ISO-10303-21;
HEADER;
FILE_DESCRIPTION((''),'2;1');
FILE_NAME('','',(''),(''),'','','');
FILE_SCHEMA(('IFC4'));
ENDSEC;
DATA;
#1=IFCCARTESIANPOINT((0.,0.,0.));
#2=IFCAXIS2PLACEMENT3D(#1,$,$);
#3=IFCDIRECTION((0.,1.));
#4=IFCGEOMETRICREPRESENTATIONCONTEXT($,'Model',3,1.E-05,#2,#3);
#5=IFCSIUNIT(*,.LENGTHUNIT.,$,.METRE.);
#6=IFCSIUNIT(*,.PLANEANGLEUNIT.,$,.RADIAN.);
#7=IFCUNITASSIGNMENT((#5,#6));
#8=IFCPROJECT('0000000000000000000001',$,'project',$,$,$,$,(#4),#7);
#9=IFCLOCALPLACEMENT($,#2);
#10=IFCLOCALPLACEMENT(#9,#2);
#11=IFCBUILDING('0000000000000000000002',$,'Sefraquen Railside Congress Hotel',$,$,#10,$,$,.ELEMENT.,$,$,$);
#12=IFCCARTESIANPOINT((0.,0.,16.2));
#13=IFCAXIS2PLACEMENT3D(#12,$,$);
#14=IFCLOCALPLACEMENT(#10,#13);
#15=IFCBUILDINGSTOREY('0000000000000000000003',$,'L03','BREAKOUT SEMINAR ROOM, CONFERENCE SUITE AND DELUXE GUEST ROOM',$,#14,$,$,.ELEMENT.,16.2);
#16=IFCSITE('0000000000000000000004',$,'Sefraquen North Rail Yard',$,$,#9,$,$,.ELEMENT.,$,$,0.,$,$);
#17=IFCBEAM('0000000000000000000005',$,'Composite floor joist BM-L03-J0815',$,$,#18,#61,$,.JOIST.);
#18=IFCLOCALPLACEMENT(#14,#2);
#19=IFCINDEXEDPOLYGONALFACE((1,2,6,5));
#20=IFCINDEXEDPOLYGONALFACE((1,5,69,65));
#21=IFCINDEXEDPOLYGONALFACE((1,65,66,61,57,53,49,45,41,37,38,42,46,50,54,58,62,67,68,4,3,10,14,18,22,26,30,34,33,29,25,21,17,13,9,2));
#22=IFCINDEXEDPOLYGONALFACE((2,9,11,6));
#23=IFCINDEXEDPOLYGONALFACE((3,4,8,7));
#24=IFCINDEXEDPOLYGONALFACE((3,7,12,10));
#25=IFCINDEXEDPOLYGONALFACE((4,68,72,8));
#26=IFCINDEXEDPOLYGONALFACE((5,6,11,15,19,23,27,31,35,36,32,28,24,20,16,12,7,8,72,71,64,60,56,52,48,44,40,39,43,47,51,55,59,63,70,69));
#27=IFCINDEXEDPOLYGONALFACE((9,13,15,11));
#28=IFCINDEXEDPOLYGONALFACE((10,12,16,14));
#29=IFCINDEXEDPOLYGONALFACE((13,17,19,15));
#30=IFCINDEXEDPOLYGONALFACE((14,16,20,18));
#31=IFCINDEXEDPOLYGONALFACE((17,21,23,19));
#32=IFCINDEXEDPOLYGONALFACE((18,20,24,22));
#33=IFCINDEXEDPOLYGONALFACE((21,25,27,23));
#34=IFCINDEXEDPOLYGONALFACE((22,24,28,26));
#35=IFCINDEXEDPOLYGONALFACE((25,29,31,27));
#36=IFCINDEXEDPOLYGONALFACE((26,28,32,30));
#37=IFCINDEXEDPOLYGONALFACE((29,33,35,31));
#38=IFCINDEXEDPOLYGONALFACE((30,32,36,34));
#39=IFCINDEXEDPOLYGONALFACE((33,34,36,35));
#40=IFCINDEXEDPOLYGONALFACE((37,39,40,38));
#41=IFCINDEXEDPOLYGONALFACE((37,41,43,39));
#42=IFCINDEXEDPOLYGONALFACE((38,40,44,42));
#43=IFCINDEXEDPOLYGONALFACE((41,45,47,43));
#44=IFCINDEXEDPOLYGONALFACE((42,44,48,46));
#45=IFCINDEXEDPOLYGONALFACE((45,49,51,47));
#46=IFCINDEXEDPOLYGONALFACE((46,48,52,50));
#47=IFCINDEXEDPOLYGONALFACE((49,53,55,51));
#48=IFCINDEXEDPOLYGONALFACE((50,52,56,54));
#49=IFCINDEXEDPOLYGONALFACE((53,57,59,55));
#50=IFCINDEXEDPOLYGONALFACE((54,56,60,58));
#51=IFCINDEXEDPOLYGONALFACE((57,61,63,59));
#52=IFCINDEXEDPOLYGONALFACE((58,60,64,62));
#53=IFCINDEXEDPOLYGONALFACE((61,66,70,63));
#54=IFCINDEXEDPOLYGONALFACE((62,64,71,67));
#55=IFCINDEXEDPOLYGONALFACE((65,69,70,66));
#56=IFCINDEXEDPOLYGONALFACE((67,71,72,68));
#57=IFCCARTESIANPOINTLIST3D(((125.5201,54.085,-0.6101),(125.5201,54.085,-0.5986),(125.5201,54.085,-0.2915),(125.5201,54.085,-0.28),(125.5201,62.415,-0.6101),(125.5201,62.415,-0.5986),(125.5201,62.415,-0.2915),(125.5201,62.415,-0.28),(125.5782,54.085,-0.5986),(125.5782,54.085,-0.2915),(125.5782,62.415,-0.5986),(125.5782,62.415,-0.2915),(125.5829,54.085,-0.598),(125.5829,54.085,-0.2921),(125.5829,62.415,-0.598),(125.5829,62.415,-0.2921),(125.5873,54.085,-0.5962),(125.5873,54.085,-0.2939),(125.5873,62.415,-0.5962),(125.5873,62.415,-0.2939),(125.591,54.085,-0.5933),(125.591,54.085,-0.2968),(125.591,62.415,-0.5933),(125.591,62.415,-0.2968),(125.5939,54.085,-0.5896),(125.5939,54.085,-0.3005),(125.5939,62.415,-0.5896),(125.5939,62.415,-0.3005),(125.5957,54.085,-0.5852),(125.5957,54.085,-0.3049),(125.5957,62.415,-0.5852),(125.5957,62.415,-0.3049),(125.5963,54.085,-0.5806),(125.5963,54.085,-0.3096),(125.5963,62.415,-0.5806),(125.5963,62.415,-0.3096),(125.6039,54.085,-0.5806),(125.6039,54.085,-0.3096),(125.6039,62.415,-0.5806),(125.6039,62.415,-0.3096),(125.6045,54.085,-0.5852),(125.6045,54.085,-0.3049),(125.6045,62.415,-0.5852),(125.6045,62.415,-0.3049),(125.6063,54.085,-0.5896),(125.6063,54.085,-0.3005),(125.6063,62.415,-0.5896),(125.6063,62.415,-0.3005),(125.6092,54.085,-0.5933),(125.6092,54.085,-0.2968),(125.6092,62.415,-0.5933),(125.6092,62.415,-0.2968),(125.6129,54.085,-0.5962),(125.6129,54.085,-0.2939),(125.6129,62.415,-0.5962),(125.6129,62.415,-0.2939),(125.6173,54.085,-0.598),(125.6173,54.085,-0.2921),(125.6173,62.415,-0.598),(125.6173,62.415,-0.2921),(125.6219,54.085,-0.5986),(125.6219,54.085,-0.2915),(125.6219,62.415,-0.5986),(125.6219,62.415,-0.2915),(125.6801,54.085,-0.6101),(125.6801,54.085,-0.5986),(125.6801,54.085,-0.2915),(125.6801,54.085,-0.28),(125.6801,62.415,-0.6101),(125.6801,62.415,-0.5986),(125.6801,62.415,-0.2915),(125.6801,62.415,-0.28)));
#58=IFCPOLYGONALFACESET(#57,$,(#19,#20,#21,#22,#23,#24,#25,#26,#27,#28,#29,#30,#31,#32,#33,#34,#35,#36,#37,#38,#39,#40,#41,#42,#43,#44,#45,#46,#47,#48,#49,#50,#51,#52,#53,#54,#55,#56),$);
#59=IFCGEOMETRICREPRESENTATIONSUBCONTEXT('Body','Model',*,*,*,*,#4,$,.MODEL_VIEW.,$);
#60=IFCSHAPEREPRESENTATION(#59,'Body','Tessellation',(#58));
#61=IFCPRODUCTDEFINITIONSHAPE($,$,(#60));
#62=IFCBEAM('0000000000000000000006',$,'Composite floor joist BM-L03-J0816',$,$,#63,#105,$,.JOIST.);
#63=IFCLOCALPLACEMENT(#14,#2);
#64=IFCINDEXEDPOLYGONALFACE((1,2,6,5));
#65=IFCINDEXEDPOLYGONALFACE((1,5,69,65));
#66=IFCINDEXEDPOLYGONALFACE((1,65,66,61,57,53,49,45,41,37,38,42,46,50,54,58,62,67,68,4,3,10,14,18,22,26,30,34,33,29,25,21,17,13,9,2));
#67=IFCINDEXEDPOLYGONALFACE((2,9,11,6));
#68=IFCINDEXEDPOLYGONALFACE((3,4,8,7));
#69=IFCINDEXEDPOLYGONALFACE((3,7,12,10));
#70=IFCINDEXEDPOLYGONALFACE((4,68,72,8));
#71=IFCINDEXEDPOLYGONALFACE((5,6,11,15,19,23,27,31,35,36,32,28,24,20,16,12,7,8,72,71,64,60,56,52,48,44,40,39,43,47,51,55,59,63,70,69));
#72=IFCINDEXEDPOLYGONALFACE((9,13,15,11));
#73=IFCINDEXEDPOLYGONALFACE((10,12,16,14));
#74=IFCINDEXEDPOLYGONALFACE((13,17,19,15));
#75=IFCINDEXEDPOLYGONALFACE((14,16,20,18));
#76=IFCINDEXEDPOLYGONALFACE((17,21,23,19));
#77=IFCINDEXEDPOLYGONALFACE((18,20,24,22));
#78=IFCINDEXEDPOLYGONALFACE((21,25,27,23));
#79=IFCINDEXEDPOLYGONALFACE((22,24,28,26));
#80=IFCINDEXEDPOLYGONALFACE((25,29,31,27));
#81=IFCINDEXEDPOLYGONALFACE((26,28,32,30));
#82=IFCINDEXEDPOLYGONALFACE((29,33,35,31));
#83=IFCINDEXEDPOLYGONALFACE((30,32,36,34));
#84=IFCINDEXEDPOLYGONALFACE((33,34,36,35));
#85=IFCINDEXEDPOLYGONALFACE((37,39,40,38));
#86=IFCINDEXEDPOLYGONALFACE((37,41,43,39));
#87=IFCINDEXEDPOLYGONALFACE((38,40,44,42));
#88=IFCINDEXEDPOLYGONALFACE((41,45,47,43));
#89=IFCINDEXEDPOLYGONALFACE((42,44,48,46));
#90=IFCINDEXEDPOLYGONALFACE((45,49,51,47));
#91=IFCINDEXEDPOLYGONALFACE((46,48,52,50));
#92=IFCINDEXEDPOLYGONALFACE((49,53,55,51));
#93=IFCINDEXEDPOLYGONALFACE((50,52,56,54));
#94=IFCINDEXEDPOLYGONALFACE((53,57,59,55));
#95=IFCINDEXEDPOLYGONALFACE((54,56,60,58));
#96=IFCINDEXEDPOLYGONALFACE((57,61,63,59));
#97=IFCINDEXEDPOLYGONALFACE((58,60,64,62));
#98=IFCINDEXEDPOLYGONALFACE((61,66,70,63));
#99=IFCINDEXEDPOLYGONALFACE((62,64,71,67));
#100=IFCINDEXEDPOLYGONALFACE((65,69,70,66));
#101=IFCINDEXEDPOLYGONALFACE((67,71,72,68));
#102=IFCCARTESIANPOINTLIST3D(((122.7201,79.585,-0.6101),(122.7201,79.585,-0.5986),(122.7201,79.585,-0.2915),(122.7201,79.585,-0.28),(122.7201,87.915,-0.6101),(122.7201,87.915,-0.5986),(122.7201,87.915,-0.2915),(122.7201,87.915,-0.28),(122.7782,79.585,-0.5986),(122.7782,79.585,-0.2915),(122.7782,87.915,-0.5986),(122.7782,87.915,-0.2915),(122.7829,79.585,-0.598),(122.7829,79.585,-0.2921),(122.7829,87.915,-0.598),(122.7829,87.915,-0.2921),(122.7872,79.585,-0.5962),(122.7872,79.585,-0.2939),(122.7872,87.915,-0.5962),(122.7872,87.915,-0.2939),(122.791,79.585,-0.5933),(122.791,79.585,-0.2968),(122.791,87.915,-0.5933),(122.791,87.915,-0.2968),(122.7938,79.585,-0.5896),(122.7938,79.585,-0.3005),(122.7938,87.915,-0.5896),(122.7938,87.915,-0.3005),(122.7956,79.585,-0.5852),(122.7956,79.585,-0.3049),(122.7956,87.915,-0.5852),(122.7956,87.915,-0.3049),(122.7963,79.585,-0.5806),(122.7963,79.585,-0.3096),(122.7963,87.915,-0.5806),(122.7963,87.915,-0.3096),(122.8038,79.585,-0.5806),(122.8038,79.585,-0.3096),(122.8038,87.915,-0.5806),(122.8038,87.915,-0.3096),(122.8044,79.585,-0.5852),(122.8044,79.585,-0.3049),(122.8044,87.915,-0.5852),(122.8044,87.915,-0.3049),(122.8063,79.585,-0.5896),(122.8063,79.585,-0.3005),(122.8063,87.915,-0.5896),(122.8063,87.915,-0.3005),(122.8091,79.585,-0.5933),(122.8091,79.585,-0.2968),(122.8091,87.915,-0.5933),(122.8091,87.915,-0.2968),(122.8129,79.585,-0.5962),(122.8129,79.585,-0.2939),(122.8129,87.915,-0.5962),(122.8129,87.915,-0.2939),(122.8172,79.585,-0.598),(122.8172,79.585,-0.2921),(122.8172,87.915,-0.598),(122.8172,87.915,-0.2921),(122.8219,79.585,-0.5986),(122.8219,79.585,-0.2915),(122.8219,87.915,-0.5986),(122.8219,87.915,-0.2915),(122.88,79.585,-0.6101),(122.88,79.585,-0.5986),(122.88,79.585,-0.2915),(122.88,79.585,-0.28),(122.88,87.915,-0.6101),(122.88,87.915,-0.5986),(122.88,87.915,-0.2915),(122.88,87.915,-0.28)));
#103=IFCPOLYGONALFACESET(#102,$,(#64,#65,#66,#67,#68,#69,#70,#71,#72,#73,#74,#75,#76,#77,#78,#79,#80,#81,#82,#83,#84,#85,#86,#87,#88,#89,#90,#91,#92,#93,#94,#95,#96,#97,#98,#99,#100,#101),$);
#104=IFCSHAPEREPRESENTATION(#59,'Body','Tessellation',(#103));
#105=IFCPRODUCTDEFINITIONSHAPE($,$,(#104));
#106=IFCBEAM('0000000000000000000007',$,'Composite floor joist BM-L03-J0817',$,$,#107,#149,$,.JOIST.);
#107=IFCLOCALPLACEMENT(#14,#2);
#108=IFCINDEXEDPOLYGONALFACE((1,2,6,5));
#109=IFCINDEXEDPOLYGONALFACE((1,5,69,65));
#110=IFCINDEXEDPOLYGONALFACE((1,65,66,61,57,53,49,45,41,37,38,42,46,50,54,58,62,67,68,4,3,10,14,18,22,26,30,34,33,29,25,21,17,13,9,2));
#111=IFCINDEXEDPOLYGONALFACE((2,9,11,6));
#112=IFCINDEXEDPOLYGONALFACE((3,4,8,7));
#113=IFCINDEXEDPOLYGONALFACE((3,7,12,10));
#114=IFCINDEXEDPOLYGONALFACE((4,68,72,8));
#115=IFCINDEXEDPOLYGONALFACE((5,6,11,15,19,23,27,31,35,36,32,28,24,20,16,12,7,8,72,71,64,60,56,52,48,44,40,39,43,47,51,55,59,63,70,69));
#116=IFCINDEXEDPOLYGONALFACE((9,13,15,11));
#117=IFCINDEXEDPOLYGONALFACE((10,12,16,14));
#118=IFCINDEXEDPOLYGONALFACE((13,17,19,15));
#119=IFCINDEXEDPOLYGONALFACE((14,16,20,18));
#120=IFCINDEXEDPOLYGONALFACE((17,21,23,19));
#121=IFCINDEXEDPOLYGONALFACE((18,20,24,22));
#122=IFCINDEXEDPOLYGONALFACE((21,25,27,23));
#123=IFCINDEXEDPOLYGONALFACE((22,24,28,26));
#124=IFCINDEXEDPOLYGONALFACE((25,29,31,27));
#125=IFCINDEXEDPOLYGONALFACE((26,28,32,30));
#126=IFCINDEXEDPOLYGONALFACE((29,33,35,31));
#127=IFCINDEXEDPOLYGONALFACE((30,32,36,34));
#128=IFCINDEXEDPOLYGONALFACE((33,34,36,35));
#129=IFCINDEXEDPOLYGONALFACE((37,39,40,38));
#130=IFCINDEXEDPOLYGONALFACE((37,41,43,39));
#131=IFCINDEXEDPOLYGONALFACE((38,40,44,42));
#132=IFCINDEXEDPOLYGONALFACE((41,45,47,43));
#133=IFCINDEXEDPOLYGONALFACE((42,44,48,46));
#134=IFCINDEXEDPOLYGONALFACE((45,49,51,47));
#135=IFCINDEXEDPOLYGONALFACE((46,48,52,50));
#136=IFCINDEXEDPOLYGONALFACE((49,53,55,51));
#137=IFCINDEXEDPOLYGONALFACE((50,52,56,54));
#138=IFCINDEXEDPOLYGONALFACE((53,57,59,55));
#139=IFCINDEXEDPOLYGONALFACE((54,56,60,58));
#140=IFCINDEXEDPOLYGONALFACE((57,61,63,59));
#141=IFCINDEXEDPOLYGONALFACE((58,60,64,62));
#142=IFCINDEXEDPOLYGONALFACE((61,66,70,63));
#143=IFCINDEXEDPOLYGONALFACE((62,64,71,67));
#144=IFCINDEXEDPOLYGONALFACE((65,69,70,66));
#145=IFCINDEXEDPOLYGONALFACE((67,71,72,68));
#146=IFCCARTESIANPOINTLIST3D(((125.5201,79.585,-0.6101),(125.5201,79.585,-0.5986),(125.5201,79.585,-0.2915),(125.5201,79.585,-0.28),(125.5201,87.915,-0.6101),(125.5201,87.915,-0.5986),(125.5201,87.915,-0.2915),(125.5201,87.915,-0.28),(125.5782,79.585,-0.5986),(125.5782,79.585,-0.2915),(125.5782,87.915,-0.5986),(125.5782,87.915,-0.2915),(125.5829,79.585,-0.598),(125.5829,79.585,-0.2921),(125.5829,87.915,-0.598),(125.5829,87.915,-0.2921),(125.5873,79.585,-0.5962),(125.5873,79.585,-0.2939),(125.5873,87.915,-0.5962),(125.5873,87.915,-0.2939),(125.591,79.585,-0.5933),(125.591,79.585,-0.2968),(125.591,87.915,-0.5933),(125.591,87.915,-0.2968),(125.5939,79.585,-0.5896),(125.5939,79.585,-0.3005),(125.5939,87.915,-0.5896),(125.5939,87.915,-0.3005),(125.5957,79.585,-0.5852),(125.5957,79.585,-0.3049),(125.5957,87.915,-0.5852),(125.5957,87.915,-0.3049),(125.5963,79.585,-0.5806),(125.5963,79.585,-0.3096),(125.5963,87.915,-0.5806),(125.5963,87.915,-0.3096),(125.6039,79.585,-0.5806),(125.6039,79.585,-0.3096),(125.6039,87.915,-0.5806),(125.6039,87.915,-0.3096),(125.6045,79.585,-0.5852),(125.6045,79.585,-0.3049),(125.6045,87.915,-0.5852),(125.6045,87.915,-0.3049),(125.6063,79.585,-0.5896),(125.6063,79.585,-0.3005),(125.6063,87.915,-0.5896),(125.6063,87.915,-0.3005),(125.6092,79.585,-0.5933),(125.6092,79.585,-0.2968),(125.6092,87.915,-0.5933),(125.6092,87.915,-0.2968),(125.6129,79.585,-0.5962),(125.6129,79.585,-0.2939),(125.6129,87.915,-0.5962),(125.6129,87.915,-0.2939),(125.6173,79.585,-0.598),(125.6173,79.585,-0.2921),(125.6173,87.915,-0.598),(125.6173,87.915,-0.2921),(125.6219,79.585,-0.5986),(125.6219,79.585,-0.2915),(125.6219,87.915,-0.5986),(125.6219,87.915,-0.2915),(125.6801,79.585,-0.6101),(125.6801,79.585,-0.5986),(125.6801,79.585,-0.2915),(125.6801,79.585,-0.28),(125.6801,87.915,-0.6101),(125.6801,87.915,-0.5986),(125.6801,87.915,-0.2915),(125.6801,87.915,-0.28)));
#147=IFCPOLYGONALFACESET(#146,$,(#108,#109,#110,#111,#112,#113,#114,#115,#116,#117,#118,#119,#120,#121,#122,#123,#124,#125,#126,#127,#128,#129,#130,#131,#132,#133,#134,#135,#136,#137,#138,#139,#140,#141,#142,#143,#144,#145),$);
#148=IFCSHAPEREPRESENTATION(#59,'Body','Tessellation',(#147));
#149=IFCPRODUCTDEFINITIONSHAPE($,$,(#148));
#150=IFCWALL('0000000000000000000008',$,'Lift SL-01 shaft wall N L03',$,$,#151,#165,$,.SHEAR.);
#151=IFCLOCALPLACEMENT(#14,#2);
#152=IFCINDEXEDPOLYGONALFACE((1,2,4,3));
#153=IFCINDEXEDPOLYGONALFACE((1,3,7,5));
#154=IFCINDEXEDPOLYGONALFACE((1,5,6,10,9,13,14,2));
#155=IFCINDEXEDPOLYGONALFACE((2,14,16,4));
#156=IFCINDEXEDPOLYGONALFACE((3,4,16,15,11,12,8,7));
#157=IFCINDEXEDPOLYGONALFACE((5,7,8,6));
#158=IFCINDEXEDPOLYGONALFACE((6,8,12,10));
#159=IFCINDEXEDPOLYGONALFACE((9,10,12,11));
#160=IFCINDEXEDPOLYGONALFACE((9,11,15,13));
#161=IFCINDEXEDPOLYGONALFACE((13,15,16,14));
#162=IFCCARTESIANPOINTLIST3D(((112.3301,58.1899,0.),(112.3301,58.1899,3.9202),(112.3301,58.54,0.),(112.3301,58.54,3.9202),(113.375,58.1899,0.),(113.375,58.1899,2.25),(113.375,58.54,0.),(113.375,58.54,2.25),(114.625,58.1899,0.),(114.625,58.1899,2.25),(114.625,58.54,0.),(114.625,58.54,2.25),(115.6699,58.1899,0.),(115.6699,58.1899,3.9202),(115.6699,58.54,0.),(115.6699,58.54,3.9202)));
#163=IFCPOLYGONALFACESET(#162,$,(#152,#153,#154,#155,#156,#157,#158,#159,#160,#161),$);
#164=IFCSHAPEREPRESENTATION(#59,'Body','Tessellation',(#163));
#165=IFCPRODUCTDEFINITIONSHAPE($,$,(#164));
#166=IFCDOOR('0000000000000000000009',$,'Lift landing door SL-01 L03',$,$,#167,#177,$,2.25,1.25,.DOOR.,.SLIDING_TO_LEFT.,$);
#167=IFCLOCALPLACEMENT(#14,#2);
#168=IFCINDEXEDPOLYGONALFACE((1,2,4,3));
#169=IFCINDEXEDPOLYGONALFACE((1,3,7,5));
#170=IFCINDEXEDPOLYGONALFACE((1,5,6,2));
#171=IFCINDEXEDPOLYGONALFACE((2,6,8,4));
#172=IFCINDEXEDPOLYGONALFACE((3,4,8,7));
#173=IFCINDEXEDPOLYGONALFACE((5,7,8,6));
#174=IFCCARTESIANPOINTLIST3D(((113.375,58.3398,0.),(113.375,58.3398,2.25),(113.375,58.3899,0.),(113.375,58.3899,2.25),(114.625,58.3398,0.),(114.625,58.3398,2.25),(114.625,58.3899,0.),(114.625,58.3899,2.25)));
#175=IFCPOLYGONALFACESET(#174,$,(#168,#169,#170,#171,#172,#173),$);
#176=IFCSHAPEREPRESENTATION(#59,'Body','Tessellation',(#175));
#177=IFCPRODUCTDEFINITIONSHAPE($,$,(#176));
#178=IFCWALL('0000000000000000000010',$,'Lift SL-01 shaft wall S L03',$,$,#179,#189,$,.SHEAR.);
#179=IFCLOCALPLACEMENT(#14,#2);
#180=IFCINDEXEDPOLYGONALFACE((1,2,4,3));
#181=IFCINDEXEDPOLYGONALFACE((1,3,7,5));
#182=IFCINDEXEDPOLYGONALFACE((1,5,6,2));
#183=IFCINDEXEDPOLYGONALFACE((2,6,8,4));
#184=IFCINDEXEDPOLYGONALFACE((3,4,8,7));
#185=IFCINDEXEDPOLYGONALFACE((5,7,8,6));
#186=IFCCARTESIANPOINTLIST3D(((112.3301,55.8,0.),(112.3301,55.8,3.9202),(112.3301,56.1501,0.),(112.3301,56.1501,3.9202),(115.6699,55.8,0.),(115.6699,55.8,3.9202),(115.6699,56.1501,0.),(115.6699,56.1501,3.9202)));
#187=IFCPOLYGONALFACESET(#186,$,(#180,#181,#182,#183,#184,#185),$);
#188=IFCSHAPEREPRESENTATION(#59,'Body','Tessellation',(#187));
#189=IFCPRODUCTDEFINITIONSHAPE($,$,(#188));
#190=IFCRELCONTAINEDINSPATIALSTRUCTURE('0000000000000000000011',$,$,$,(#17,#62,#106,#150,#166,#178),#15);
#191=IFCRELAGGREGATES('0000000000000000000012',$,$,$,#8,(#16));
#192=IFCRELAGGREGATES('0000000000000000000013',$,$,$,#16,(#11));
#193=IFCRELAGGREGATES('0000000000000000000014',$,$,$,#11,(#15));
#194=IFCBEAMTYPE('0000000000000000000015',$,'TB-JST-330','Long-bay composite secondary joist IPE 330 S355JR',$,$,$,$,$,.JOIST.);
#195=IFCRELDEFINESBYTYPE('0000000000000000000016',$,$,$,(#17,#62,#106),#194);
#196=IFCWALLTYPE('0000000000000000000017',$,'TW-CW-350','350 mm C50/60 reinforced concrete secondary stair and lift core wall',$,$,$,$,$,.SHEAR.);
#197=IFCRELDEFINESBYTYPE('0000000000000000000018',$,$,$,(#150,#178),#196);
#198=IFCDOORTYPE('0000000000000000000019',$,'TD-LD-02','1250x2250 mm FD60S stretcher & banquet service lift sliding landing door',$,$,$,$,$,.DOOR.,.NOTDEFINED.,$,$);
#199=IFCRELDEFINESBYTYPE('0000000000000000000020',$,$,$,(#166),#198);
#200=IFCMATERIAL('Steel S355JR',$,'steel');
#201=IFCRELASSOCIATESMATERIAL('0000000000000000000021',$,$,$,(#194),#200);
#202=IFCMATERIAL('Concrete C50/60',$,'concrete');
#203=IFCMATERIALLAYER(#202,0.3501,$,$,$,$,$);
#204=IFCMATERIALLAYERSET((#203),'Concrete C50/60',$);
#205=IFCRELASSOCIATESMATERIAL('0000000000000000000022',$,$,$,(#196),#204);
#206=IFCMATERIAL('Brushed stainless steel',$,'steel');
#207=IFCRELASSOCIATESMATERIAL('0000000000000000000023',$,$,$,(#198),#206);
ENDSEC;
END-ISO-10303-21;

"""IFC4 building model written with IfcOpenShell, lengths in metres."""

from ifc_helpers import new_model, si_unit, direction, frame, frame_2d, origin, origin_2d, place, context, subcontext, project, spatial, rectangle, i_section, extrude, material, layer, layer_set, material_profile, profile_set, type_object, element, fill, save


model = new_model("IFC4")

# Units and contexts
model_context = context("Model", 3, precision=1e-05, world=origin(), true_north=direction((0.0, 1.0)))
body_context = subcontext(model_context, "Body", "Model", "MODEL_VIEW")
ifc_project = project(units=[si_unit("LENGTHUNIT", "METRE"), si_unit("PLANEANGLEUNIT", "RADIAN")], contexts=[model_context])

# Site, building, storey
site_placement = place(None, origin())
site = spatial("IfcSite", under=ifc_project, at=site_placement, Name="Sefraquen North Rail Yard", CompositionType="ELEMENT", RefElevation=0.0)
building_placement = place(site_placement, origin())
building = spatial("IfcBuilding", under=site, at=building_placement, Name="Sefraquen Railside Congress Hotel", CompositionType="ELEMENT")
storey_placement = place(building_placement, frame((0.0, 0.0, 16.2)))
storey = spatial("IfcBuildingStorey", under=building, at=storey_placement, Name="L03", Description="BREAKOUT SEMINAR ROOM, CONFERENCE SUITE AND DELUXE GUEST ROOM", CompositionType="ELEMENT", Elevation=16.2)

# Shared definitions
ifc_material_1 = material(Name="Steel S355JR", Category="steel")

# Beams
ifc_material_profile_1 = material_profile(ifc_material_1, i_section(OverallWidth=0.1599, OverallDepth=0.3301, WebThickness=0.0076, FlangeThickness=0.0115, FilletRadius=0.0181, at=origin_2d()), Name="IPE 330")
ifc_profile_set_1 = profile_set([ifc_material_profile_1], Name="Steel S355JR")
beam_type_1 = type_object("IfcBeamType", Name="TB-JST-330", Description="Long-bay composite secondary joist IPE 330 S355JR", PredefinedType="JOIST", material=ifc_profile_set_1)
for number, where, z_axis, x_axis, name in (
    (1, (125.6001, 54.085, -0.4451), (0.0, 1.0, 0.0), (-1.0, 0.0, 0.0), "Composite floor joist BM-L03-J0815"),
    (2, (122.8, 79.585, -0.4451), (0.0, 1.0, 0.0), (-1.0, 0.0, 0.0), "Composite floor joist BM-L03-J0816"),
    (3, (125.6001, 79.585, -0.4451), (0.0, 1.0, 0.0), (-1.0, 0.0, 0.0), "Composite floor joist BM-L03-J0817"),
):
    element("IfcBeam", number, at=place(storey_placement, frame(where, z_axis=z_axis, x_axis=x_axis)), inside=storey, type_object=beam_type_1, Name=name, PredefinedType="JOIST", context=body_context, shape_type="SweptSolid", body=[
        extrude(i_section(OverallWidth=0.1599, OverallDepth=0.3301, WebThickness=0.0076, FlangeThickness=0.0115, FilletRadius=0.0181, at=origin_2d()), origin(), (0.0, 0.0, 1.0), 8.3301),
    ])

# Wall, opening, door
ifc_material_2 = material(Name="Concrete C50/60", Category="concrete")
ifc_layer_1 = layer(ifc_material_2, 0.3501)
ifc_layer_set_1 = layer_set([ifc_layer_1], Name="Concrete C50/60")
wall_type_1 = type_object("IfcWallType", Name="TW-CW-350", Description="350 mm C50/60 reinforced concrete secondary stair and lift core wall", PredefinedType="SHEAR", material=ifc_layer_set_1)
wall_1_placement = place(storey_placement, frame((112.3301, 58.365, 0.0), z_axis=(0.0, 0.0, 1.0), x_axis=(1.0, 0.0, 0.0)))
wall_1 = element("IfcWall", 4, at=wall_1_placement, inside=storey, type_object=wall_type_1, Name="Lift SL-01 shaft wall N L03", PredefinedType="SHEAR", context=body_context, shape_type="SweptSolid", body=[
    extrude(rectangle(XDim=3.3398, YDim=0.3501, at=frame_2d((1.6699, 0.0))), origin(), (0.0, 0.0, 1.0), 3.9202),
])
opening_1_placement = place(wall_1_placement, frame((1.0449, 0.0, 0.0)))
opening_1 = element("IfcOpeningElement", 5, at=opening_1_placement, cuts=wall_1, PredefinedType="OPENING", context=body_context, shape_type="SweptSolid", body=[
    extrude(rectangle(XDim=1.25, YDim=2.25, at=frame_2d((0.625, 1.125))), frame((0.0, 0.1851, 0.0), z_axis=(0.0, -1.0, 0.0), x_axis=(1.0, 0.0, 0.0)), (0.0, 0.0, 1.0), 0.3701),
])
ifc_material_3 = material(Name="Brushed stainless steel", Category="steel")
door_type_1 = type_object("IfcDoorType", Name="TD-LD-02", Description="1250x2250 mm FD60S stretcher & banquet service lift sliding landing door", OperationType="NOTDEFINED", PredefinedType="DOOR", material=ifc_material_3)
door_1_placement = place(opening_1_placement, origin())
door_1 = element("IfcDoor", 6, at=door_1_placement, inside=storey, type_object=door_type_1, Name="Lift landing door SL-01 L03", OperationType="SLIDING_TO_LEFT", OverallHeight=2.25, OverallWidth=1.25, PredefinedType="DOOR", context=body_context, shape_type="SweptSolid", body=[
    extrude(rectangle(XDim=1.25, YDim=2.25, at=frame_2d((0.625, 1.125))), frame((0.0, 0.0249, 0.0), z_axis=(0.0, -1.0, 0.0), x_axis=(1.0, 0.0, 0.0)), (0.0, 0.0, 1.0), 0.05),
])
fill(opening_1, door_1)

# Wall
wall_2_placement = place(storey_placement, frame((112.3301, 55.9751, 0.0), z_axis=(0.0, 0.0, 1.0), x_axis=(1.0, 0.0, 0.0)))
element("IfcWall", 7, at=wall_2_placement, inside=storey, type_object=wall_type_1, Name="Lift SL-01 shaft wall S L03", PredefinedType="SHEAR", context=body_context, shape_type="SweptSolid", body=[
    extrude(rectangle(XDim=3.3398, YDim=0.3501, at=frame_2d((1.6699, 0.0))), origin(), (0.0, 0.0, 1.0), 3.9202),
])

save(model, "model.ifc")
